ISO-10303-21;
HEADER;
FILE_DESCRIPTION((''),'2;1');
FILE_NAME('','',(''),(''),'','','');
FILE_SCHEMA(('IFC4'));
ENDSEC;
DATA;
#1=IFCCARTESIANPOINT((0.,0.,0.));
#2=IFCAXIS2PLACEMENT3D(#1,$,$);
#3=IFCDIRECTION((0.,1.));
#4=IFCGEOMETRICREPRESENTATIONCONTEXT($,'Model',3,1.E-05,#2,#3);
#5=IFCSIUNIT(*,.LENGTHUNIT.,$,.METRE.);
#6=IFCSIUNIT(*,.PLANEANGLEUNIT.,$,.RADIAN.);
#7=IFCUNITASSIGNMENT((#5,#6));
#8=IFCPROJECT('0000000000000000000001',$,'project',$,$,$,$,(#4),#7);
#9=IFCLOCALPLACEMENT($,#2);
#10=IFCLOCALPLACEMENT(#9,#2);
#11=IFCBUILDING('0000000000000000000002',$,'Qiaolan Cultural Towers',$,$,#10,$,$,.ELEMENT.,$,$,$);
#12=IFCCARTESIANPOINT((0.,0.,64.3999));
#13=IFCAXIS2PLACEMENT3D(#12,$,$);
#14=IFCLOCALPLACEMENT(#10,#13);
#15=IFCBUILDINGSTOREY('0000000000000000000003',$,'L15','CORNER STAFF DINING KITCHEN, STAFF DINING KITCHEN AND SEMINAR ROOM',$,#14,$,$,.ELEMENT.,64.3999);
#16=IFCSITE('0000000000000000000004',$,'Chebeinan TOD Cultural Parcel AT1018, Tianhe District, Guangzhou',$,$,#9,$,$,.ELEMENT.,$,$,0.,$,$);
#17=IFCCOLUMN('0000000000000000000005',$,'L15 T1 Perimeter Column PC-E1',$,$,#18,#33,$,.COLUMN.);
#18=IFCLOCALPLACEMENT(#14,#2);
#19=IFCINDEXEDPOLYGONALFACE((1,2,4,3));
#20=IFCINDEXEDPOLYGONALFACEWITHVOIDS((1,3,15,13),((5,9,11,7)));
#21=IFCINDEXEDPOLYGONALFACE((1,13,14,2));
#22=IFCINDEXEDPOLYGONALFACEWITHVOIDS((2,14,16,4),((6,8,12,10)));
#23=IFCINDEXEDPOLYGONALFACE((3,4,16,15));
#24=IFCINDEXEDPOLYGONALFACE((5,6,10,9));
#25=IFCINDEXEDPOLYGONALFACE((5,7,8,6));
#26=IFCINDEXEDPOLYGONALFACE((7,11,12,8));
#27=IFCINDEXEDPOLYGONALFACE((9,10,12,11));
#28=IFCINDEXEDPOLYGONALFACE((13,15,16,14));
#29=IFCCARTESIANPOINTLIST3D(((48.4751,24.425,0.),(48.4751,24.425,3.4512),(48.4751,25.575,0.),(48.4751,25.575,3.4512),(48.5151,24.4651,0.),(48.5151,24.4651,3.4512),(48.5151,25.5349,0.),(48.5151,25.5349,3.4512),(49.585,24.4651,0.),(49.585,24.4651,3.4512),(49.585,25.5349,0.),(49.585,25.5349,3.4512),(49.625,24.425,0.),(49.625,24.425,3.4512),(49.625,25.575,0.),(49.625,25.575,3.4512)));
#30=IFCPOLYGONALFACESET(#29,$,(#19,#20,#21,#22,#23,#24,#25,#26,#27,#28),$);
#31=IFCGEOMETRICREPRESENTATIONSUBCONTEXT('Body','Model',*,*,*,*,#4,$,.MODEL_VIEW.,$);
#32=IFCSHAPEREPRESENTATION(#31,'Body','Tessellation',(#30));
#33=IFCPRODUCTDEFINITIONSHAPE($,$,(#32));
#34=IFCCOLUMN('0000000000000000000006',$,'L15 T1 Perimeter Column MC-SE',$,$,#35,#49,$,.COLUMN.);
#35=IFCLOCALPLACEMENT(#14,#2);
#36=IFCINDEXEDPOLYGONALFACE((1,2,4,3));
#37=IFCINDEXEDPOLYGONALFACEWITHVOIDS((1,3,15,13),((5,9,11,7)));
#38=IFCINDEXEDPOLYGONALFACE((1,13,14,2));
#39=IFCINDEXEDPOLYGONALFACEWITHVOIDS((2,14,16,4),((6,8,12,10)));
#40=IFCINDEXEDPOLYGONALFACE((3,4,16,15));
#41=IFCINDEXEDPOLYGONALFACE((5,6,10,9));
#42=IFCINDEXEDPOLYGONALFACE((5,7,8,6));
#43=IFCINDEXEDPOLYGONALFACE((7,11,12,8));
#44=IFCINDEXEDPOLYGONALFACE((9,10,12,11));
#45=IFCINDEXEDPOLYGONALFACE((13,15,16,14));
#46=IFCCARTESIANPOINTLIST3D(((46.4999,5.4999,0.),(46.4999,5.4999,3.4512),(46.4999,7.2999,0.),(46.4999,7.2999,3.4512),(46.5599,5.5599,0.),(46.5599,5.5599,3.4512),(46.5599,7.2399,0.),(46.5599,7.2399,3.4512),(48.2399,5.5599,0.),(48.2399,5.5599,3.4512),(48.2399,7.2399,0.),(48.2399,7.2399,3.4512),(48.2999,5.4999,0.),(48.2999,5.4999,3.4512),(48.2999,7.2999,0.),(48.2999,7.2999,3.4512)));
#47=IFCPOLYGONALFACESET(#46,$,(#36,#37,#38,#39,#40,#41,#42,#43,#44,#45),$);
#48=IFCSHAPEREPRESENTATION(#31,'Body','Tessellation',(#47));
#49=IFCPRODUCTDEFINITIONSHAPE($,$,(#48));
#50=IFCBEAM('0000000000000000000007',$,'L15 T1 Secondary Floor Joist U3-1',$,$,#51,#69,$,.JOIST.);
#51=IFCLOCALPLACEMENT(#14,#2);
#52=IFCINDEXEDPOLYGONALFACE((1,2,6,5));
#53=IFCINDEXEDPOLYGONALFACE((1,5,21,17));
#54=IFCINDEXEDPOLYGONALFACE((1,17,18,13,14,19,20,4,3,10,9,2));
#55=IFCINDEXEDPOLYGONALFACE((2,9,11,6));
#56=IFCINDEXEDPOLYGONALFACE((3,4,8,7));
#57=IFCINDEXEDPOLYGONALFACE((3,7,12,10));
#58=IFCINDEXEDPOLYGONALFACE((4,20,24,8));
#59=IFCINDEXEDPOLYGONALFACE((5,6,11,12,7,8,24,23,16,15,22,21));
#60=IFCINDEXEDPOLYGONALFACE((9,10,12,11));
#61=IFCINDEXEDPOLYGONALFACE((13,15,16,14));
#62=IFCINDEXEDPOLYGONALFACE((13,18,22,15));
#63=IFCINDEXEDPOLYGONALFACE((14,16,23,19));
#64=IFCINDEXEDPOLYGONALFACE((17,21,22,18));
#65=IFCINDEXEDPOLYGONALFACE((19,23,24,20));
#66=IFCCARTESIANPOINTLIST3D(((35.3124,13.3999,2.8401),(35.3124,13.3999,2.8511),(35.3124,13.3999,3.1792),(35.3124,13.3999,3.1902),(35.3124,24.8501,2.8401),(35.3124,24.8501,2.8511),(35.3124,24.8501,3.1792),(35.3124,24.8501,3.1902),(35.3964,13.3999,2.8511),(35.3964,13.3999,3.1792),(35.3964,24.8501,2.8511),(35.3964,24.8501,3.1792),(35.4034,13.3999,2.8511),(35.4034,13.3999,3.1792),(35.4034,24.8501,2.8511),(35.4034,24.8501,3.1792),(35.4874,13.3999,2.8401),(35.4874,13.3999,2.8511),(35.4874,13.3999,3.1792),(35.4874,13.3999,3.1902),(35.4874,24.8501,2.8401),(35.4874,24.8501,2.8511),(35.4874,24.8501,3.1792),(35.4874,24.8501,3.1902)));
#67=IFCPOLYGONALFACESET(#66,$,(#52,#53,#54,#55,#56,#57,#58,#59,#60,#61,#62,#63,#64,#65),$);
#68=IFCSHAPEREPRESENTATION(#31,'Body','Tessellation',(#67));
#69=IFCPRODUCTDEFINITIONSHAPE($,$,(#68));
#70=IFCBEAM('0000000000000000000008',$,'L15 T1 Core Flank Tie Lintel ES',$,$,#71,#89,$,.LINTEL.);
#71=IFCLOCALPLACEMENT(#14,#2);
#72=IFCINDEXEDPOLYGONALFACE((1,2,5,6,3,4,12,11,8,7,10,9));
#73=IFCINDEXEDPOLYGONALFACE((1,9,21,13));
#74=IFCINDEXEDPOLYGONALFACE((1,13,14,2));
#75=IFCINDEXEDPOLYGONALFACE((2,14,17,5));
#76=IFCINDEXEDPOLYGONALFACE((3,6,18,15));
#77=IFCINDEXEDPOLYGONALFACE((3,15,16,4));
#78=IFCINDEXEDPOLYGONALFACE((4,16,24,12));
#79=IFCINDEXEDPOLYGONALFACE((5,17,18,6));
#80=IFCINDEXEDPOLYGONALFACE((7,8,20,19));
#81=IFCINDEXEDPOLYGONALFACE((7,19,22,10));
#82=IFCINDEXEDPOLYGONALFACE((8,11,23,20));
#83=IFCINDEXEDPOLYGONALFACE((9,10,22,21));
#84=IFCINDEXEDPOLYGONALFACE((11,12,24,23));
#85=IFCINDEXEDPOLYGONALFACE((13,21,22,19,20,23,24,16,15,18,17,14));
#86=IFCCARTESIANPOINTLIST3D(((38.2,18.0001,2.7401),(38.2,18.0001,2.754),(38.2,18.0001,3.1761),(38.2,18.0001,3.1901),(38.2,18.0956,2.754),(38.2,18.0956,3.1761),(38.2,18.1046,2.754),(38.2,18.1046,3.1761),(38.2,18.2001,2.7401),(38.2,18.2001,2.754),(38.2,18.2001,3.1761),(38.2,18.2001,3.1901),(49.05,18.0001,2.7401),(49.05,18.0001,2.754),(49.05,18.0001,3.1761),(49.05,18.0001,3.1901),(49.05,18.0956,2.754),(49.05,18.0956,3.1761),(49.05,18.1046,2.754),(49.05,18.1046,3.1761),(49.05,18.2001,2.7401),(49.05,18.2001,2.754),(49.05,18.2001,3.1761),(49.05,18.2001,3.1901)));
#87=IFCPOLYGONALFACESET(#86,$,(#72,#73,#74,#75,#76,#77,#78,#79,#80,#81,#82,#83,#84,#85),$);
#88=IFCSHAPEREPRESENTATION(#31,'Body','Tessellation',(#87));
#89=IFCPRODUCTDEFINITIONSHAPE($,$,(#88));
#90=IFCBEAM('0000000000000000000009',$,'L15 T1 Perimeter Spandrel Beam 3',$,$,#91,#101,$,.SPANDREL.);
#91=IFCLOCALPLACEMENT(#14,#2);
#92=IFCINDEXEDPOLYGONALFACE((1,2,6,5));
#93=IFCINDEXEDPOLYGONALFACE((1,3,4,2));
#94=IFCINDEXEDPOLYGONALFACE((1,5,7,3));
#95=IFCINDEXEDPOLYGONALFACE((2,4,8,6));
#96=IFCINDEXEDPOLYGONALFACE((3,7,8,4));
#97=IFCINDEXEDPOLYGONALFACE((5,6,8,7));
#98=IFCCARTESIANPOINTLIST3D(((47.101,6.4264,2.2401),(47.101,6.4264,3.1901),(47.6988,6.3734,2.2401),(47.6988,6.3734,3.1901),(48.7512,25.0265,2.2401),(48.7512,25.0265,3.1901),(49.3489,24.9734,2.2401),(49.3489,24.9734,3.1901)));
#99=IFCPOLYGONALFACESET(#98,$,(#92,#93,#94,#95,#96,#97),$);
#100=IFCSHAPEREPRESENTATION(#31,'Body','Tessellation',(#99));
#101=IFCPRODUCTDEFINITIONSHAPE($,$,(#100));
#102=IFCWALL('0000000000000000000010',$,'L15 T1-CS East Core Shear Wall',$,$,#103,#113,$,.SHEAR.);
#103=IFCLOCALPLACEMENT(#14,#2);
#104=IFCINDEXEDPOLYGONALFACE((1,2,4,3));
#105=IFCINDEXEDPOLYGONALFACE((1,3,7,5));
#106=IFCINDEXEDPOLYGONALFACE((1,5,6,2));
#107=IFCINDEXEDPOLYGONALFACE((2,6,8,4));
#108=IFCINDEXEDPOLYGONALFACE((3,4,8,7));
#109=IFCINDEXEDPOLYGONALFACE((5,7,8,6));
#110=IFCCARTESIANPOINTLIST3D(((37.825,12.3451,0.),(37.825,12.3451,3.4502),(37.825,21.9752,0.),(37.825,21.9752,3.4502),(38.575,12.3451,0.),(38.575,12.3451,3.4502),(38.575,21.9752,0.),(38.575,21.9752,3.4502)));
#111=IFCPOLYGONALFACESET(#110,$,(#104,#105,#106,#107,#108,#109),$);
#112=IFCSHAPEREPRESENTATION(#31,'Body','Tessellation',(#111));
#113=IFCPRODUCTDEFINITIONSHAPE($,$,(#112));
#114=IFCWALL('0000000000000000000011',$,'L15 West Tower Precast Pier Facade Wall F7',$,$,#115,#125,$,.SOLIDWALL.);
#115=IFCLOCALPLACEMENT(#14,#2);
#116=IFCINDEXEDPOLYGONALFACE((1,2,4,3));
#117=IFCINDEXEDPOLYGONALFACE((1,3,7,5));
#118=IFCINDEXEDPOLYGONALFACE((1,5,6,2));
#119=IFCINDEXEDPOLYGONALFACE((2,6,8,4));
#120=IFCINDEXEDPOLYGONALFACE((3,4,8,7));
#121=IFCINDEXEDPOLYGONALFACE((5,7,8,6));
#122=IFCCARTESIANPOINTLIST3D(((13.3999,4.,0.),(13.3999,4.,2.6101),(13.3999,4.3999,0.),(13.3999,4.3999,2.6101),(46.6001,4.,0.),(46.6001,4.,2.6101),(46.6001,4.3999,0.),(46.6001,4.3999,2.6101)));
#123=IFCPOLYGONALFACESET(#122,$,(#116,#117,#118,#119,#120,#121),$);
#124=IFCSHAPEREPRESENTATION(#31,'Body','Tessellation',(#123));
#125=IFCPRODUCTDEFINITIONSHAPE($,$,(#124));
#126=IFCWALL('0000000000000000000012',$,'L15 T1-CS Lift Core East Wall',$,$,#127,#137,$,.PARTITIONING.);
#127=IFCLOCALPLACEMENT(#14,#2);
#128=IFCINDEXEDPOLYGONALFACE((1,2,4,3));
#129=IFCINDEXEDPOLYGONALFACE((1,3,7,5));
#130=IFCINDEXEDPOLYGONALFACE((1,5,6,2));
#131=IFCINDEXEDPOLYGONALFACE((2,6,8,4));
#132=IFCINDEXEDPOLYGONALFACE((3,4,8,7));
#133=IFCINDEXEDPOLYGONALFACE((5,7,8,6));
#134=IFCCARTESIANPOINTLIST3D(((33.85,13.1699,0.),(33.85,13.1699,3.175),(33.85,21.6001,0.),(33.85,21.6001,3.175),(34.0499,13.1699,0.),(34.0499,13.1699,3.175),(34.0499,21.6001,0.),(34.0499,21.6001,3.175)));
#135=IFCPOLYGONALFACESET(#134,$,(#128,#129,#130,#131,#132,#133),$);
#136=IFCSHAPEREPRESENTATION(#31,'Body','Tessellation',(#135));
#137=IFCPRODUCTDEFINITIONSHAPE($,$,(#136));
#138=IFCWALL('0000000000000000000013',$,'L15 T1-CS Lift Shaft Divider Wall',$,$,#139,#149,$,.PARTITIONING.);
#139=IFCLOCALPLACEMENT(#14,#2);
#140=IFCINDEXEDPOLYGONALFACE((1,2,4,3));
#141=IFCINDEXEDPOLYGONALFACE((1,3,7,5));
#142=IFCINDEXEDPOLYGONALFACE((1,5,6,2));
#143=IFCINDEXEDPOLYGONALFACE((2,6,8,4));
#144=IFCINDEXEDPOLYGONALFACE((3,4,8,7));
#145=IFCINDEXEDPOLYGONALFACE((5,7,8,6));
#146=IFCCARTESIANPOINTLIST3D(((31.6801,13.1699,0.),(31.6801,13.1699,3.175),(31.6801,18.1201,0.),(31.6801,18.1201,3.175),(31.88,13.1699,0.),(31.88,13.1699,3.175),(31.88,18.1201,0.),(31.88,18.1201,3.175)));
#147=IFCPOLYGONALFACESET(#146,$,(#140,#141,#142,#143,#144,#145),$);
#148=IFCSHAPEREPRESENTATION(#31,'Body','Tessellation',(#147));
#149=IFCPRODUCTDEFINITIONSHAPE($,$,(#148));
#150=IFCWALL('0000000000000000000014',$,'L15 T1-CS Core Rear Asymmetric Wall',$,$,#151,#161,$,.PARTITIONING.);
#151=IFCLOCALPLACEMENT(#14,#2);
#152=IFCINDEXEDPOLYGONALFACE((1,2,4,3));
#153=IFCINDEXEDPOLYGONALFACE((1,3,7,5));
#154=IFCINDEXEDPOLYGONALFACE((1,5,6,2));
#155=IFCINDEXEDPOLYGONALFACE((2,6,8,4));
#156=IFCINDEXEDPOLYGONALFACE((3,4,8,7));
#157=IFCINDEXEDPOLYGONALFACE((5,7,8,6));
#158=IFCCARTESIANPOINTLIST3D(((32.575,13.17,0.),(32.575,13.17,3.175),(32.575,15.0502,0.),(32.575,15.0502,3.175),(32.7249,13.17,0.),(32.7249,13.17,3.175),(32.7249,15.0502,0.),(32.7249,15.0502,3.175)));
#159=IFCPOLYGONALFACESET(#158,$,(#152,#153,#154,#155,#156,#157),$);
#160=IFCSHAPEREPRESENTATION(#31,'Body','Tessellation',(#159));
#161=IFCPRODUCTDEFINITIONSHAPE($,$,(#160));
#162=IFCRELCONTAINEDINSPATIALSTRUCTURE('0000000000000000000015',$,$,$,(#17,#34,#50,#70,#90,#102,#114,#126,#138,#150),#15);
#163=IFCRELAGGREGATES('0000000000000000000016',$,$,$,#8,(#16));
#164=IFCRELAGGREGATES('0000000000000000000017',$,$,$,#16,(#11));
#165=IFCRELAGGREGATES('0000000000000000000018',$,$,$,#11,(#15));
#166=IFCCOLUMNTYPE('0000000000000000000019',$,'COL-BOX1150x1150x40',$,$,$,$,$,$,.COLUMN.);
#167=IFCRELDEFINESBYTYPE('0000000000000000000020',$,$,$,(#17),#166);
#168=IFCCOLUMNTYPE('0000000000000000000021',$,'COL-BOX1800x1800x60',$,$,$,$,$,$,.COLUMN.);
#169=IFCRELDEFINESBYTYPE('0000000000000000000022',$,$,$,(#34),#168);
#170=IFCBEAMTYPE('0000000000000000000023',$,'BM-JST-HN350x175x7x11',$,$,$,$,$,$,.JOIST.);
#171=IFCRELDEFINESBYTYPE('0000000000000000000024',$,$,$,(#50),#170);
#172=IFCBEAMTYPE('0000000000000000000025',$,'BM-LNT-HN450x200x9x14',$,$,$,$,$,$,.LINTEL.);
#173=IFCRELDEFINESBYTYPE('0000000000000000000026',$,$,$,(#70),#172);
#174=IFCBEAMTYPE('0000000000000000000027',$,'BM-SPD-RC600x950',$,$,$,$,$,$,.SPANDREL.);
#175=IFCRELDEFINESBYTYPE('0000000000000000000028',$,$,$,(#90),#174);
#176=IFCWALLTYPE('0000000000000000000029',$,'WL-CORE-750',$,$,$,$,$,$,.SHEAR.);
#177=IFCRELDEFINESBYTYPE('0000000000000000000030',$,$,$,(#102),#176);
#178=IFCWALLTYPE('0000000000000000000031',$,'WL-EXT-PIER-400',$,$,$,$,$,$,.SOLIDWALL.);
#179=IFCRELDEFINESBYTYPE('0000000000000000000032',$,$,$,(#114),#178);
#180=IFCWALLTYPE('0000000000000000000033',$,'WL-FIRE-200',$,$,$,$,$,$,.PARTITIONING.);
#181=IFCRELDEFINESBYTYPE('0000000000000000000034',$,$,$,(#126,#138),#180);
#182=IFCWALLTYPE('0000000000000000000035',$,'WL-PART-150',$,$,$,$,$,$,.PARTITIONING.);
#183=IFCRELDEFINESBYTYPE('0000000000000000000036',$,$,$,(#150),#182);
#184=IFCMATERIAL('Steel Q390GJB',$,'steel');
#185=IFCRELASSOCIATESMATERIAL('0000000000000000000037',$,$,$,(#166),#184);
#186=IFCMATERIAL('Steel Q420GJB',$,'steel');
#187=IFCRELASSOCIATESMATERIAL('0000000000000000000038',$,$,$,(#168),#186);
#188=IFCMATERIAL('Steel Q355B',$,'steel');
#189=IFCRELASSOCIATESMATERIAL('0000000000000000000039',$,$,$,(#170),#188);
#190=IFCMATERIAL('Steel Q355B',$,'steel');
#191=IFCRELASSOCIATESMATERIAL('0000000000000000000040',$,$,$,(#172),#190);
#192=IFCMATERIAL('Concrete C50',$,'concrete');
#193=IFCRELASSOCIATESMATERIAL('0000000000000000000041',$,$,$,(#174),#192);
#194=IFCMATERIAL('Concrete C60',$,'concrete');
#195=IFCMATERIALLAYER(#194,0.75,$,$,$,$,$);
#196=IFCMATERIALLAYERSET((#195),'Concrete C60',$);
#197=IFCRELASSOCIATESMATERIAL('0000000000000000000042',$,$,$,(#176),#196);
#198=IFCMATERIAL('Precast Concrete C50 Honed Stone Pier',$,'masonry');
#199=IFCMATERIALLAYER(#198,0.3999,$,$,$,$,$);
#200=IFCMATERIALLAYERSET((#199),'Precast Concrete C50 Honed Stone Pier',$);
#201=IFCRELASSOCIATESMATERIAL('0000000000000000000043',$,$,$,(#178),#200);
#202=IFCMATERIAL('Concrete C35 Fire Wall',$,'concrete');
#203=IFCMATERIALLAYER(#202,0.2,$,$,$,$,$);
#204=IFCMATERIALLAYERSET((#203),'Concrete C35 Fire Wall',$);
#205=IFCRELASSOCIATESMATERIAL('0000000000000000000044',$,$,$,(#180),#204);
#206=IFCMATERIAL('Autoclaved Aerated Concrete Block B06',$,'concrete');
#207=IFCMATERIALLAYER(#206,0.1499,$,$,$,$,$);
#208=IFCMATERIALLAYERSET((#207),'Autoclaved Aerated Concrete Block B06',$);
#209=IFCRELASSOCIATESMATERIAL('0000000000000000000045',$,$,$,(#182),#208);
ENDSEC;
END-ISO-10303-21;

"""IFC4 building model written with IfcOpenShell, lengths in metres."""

from ifc_helpers import new_model, si_unit, direction, frame, frame_2d, origin, origin_2d, place, context, subcontext, project, spatial, rectangle, hollow_rectangle, i_section, extrude, material, layer, layer_set, material_profile, profile_set, type_object, element, save


model = new_model("IFC4")

# Units and contexts
model_context = context("Model", 3, precision=1e-05, world=origin(), true_north=direction((0.0, 1.0)))
body_context = subcontext(model_context, "Body", "Model", "MODEL_VIEW")
ifc_project = project(units=[si_unit("LENGTHUNIT", "METRE"), si_unit("PLANEANGLEUNIT", "RADIAN")], contexts=[model_context])

# Site, building, storey
site_placement = place(None, origin())
site = spatial("IfcSite", under=ifc_project, at=site_placement, Name="Chebeinan TOD Cultural Parcel AT1018, Tianhe District, Guangzhou", CompositionType="ELEMENT", RefElevation=0.0)
building_placement = place(site_placement, origin())
building = spatial("IfcBuilding", under=site, at=building_placement, Name="Qiaolan Cultural Towers", CompositionType="ELEMENT")
storey_placement = place(building_placement, frame((0.0, 0.0, 64.3999)))
storey = spatial("IfcBuildingStorey", under=building, at=storey_placement, Name="L15", Description="CORNER STAFF DINING KITCHEN, STAFF DINING KITCHEN AND SEMINAR ROOM", CompositionType="ELEMENT", Elevation=64.3999)

# Columns
ifc_material_1 = material(Name="Steel Q390GJB", Category="steel")
ifc_material_profile_1 = material_profile(ifc_material_1, hollow_rectangle(XDim=1.1499, YDim=1.1499, WallThickness=0.04, at=origin_2d()), Name="BOX1150x1150x40")
ifc_profile_set_1 = profile_set([ifc_material_profile_1], Name="Steel Q390GJB")
column_type_1 = type_object("IfcColumnType", Name="COL-BOX1150x1150x40", PredefinedType="COLUMN", material=ifc_profile_set_1)
column_1_placement = place(storey_placement, frame((49.05, 25.0, 0.0), z_axis=(0.0, 0.0, 1.0), x_axis=(1.0, 0.0, 0.0)))
element("IfcColumn", 1, at=column_1_placement, inside=storey, type_object=column_type_1, Name="L15 T1 Perimeter Column PC-E1", PredefinedType="COLUMN", context=body_context, shape_type="SweptSolid", body=[
    extrude(hollow_rectangle(XDim=1.1499, YDim=1.1499, WallThickness=0.04, at=origin_2d()), origin(), (0.0, 0.0, 1.0), 3.4512),
])
ifc_material_2 = material(Name="Steel Q420GJB", Category="steel")
ifc_material_profile_2 = material_profile(ifc_material_2, hollow_rectangle(XDim=1.8, YDim=1.8, WallThickness=0.0601, at=origin_2d()), Name="BOX1800x1800x60")
ifc_profile_set_2 = profile_set([ifc_material_profile_2], Name="Steel Q420GJB")
column_type_2 = type_object("IfcColumnType", Name="COL-BOX1800x1800x60", PredefinedType="COLUMN", material=ifc_profile_set_2)
column_2_placement = place(storey_placement, frame((47.3999, 6.3999, 0.0), z_axis=(0.0, 0.0, 1.0), x_axis=(1.0, 0.0, 0.0)))
element("IfcColumn", 2, at=column_2_placement, inside=storey, type_object=column_type_2, Name="L15 T1 Perimeter Column MC-SE", PredefinedType="COLUMN", context=body_context, shape_type="SweptSolid", body=[
    extrude(hollow_rectangle(XDim=1.8, YDim=1.8, WallThickness=0.0601, at=origin_2d()), origin(), (0.0, 0.0, 1.0), 3.4512),
])

# Beams
ifc_material_3 = material(Name="Steel Q355B", Category="steel")
ifc_material_profile_3 = material_profile(ifc_material_3, i_section(OverallWidth=0.175, OverallDepth=0.3501, WebThickness=0.0071, FlangeThickness=0.011, at=origin_2d()), Name="HN350x175x7x11")
ifc_profile_set_3 = profile_set([ifc_material_profile_3], Name="Steel Q355B")
beam_type_1 = type_object("IfcBeamType", Name="BM-JST-HN350x175x7x11", PredefinedType="JOIST", material=ifc_profile_set_3)
beam_1_placement = place(storey_placement, frame((35.3999, 13.3999, 3.0151), z_axis=(0.0, 1.0, 0.0), x_axis=(-1.0, 0.0, 0.0)))
element("IfcBeam", 3, at=beam_1_placement, inside=storey, type_object=beam_type_1, Name="L15 T1 Secondary Floor Joist U3-1", PredefinedType="JOIST", context=body_context, shape_type="SweptSolid", body=[
    extrude(i_section(OverallWidth=0.175, OverallDepth=0.3501, WebThickness=0.0071, FlangeThickness=0.011, at=origin_2d()), origin(), (0.0, 0.0, 1.0), 11.4502),
])
ifc_material_4 = material(Name="Steel Q355B", Category="steel")
ifc_material_profile_4 = material_profile(ifc_material_4, i_section(OverallWidth=0.2, OverallDepth=0.45, WebThickness=0.009, FlangeThickness=0.0139, at=origin_2d()), Name="HN450x200x9x14")
ifc_profile_set_4 = profile_set([ifc_material_profile_4], Name="Steel Q355B")
beam_type_2 = type_object("IfcBeamType", Name="BM-LNT-HN450x200x9x14", PredefinedType="LINTEL", material=ifc_profile_set_4)
beam_2_placement = place(storey_placement, frame((38.2, 18.1001, 2.9651), z_axis=(1.0, 0.0, 0.0), x_axis=(0.0, 1.0, 0.0)))
element("IfcBeam", 4, at=beam_2_placement, inside=storey, type_object=beam_type_2, Name="L15 T1 Core Flank Tie Lintel ES", PredefinedType="LINTEL", context=body_context, shape_type="SweptSolid", body=[
    extrude(i_section(OverallWidth=0.2, OverallDepth=0.45, WebThickness=0.009, FlangeThickness=0.0139, at=origin_2d()), origin(), (0.0, 0.0, 1.0), 10.8501),
])
ifc_material_5 = material(Name="Concrete C50", Category="concrete")
ifc_material_profile_5 = material_profile(ifc_material_5, rectangle(XDim=0.6001, YDim=0.95, at=origin_2d()), Name="RC600x950")
ifc_profile_set_5 = profile_set([ifc_material_profile_5], Name="Concrete C50")
beam_type_3 = type_object("IfcBeamType", Name="BM-SPD-RC600x950", PredefinedType="SPANDREL", material=ifc_profile_set_5)
beam_3_placement = place(storey_placement, frame((47.3999, 6.3999, 2.7151), z_axis=(0.08837, 0.996088, 0.0), x_axis=(-0.996088, 0.08837, 0.0)))
element("IfcBeam", 5, at=beam_3_placement, inside=storey, type_object=beam_type_3, Name="L15 T1 Perimeter Spandrel Beam 3", PredefinedType="SPANDREL", context=body_context, shape_type="SweptSolid", body=[
    extrude(rectangle(XDim=0.6001, YDim=0.95, at=origin_2d()), origin(), (0.0, 0.0, 1.0), 18.6731),
])

# Walls
ifc_material_6 = material(Name="Concrete C60", Category="concrete")
ifc_layer_1 = layer(ifc_material_6, 0.75)
ifc_layer_set_1 = layer_set([ifc_layer_1], Name="Concrete C60")
wall_type_1 = type_object("IfcWallType", Name="WL-CORE-750", PredefinedType="SHEAR", material=ifc_layer_set_1)
wall_1_placement = place(storey_placement, frame((38.2, 21.9751, 0.0), z_axis=(0.0, 0.0, 1.0), x_axis=(0.0, -1.0, 0.0)))
element("IfcWall", 6, at=wall_1_placement, inside=storey, type_object=wall_type_1, Name="L15 T1-CS East Core Shear Wall", PredefinedType="SHEAR", context=body_context, shape_type="SweptSolid", body=[
    extrude(rectangle(XDim=9.6301, YDim=0.75, at=frame_2d((4.8149, 0.0))), origin(), (0.0, 0.0, 1.0), 3.4502),
])
ifc_material_7 = material(Name="Precast Concrete C50 Honed Stone Pier", Category="masonry")
ifc_layer_2 = layer(ifc_material_7, 0.3999)
ifc_layer_set_2 = layer_set([ifc_layer_2], Name="Precast Concrete C50 Honed Stone Pier")
wall_type_2 = type_object("IfcWallType", Name="WL-EXT-PIER-400", PredefinedType="SOLIDWALL", material=ifc_layer_set_2)
wall_2_placement = place(storey_placement, frame((46.6001, 4.2, 0.0), z_axis=(0.0, 0.0, 1.0), x_axis=(-1.0, 0.0, 0.0)))
element("IfcWall", 7, at=wall_2_placement, inside=storey, type_object=wall_type_2, Name="L15 West Tower Precast Pier Facade Wall F7", PredefinedType="SOLIDWALL", context=body_context, shape_type="SweptSolid", body=[
    extrude(rectangle(XDim=33.2002, YDim=0.3999, at=frame_2d((16.6001, 0.0))), origin(), (0.0, 0.0, 1.0), 2.6101),
])
ifc_material_8 = material(Name="Concrete C35 Fire Wall", Category="concrete")
ifc_layer_3 = layer(ifc_material_8, 0.2)
ifc_layer_set_3 = layer_set([ifc_layer_3], Name="Concrete C35 Fire Wall")
wall_type_3 = type_object("IfcWallType", Name="WL-FIRE-200", PredefinedType="PARTITIONING", material=ifc_layer_set_3)
wall_3_placement = place(storey_placement, frame((33.95, 21.6001, 0.0), z_axis=(0.0, 0.0, 1.0), x_axis=(0.0, -1.0, 0.0)))
element("IfcWall", 8, at=wall_3_placement, inside=storey, type_object=wall_type_3, Name="L15 T1-CS Lift Core East Wall", PredefinedType="PARTITIONING", context=body_context, shape_type="SweptSolid", body=[
    extrude(rectangle(XDim=8.4302, YDim=0.2, at=frame_2d((4.2151, 0.0))), origin(), (0.0, 0.0, 1.0), 3.175),
])
wall_4_placement = place(storey_placement, frame((31.78, 18.1201, 0.0), z_axis=(0.0, 0.0, 1.0), x_axis=(0.0, -1.0, 0.0)))
element("IfcWall", 9, at=wall_4_placement, inside=storey, type_object=wall_type_3, Name="L15 T1-CS Lift Shaft Divider Wall", PredefinedType="PARTITIONING", context=body_context, shape_type="SweptSolid", body=[
    extrude(rectangle(XDim=4.9502, YDim=0.2, at=frame_2d((2.4751, 0.0))), origin(), (0.0, 0.0, 1.0), 3.175),
])
ifc_material_9 = material(Name="Autoclaved Aerated Concrete Block B06", Category="concrete")
ifc_layer_4 = layer(ifc_material_9, 0.1499)
ifc_layer_set_4 = layer_set([ifc_layer_4], Name="Autoclaved Aerated Concrete Block B06")
wall_type_4 = type_object("IfcWallType", Name="WL-PART-150", PredefinedType="PARTITIONING", material=ifc_layer_set_4)
wall_5_placement = place(storey_placement, frame((32.6499, 15.05, 0.0), z_axis=(0.0, 0.0, 1.0), x_axis=(0.0, -1.0, 0.0)))
element("IfcWall", 10, at=wall_5_placement, inside=storey, type_object=wall_type_4, Name="L15 T1-CS Core Rear Asymmetric Wall", PredefinedType="PARTITIONING", context=body_context, shape_type="SweptSolid", body=[
    extrude(rectangle(XDim=1.8801, YDim=0.1499, at=frame_2d((0.9399, 0.0))), origin(), (0.0, 0.0, 1.0), 3.175),
])

save(model, "model.ifc")
